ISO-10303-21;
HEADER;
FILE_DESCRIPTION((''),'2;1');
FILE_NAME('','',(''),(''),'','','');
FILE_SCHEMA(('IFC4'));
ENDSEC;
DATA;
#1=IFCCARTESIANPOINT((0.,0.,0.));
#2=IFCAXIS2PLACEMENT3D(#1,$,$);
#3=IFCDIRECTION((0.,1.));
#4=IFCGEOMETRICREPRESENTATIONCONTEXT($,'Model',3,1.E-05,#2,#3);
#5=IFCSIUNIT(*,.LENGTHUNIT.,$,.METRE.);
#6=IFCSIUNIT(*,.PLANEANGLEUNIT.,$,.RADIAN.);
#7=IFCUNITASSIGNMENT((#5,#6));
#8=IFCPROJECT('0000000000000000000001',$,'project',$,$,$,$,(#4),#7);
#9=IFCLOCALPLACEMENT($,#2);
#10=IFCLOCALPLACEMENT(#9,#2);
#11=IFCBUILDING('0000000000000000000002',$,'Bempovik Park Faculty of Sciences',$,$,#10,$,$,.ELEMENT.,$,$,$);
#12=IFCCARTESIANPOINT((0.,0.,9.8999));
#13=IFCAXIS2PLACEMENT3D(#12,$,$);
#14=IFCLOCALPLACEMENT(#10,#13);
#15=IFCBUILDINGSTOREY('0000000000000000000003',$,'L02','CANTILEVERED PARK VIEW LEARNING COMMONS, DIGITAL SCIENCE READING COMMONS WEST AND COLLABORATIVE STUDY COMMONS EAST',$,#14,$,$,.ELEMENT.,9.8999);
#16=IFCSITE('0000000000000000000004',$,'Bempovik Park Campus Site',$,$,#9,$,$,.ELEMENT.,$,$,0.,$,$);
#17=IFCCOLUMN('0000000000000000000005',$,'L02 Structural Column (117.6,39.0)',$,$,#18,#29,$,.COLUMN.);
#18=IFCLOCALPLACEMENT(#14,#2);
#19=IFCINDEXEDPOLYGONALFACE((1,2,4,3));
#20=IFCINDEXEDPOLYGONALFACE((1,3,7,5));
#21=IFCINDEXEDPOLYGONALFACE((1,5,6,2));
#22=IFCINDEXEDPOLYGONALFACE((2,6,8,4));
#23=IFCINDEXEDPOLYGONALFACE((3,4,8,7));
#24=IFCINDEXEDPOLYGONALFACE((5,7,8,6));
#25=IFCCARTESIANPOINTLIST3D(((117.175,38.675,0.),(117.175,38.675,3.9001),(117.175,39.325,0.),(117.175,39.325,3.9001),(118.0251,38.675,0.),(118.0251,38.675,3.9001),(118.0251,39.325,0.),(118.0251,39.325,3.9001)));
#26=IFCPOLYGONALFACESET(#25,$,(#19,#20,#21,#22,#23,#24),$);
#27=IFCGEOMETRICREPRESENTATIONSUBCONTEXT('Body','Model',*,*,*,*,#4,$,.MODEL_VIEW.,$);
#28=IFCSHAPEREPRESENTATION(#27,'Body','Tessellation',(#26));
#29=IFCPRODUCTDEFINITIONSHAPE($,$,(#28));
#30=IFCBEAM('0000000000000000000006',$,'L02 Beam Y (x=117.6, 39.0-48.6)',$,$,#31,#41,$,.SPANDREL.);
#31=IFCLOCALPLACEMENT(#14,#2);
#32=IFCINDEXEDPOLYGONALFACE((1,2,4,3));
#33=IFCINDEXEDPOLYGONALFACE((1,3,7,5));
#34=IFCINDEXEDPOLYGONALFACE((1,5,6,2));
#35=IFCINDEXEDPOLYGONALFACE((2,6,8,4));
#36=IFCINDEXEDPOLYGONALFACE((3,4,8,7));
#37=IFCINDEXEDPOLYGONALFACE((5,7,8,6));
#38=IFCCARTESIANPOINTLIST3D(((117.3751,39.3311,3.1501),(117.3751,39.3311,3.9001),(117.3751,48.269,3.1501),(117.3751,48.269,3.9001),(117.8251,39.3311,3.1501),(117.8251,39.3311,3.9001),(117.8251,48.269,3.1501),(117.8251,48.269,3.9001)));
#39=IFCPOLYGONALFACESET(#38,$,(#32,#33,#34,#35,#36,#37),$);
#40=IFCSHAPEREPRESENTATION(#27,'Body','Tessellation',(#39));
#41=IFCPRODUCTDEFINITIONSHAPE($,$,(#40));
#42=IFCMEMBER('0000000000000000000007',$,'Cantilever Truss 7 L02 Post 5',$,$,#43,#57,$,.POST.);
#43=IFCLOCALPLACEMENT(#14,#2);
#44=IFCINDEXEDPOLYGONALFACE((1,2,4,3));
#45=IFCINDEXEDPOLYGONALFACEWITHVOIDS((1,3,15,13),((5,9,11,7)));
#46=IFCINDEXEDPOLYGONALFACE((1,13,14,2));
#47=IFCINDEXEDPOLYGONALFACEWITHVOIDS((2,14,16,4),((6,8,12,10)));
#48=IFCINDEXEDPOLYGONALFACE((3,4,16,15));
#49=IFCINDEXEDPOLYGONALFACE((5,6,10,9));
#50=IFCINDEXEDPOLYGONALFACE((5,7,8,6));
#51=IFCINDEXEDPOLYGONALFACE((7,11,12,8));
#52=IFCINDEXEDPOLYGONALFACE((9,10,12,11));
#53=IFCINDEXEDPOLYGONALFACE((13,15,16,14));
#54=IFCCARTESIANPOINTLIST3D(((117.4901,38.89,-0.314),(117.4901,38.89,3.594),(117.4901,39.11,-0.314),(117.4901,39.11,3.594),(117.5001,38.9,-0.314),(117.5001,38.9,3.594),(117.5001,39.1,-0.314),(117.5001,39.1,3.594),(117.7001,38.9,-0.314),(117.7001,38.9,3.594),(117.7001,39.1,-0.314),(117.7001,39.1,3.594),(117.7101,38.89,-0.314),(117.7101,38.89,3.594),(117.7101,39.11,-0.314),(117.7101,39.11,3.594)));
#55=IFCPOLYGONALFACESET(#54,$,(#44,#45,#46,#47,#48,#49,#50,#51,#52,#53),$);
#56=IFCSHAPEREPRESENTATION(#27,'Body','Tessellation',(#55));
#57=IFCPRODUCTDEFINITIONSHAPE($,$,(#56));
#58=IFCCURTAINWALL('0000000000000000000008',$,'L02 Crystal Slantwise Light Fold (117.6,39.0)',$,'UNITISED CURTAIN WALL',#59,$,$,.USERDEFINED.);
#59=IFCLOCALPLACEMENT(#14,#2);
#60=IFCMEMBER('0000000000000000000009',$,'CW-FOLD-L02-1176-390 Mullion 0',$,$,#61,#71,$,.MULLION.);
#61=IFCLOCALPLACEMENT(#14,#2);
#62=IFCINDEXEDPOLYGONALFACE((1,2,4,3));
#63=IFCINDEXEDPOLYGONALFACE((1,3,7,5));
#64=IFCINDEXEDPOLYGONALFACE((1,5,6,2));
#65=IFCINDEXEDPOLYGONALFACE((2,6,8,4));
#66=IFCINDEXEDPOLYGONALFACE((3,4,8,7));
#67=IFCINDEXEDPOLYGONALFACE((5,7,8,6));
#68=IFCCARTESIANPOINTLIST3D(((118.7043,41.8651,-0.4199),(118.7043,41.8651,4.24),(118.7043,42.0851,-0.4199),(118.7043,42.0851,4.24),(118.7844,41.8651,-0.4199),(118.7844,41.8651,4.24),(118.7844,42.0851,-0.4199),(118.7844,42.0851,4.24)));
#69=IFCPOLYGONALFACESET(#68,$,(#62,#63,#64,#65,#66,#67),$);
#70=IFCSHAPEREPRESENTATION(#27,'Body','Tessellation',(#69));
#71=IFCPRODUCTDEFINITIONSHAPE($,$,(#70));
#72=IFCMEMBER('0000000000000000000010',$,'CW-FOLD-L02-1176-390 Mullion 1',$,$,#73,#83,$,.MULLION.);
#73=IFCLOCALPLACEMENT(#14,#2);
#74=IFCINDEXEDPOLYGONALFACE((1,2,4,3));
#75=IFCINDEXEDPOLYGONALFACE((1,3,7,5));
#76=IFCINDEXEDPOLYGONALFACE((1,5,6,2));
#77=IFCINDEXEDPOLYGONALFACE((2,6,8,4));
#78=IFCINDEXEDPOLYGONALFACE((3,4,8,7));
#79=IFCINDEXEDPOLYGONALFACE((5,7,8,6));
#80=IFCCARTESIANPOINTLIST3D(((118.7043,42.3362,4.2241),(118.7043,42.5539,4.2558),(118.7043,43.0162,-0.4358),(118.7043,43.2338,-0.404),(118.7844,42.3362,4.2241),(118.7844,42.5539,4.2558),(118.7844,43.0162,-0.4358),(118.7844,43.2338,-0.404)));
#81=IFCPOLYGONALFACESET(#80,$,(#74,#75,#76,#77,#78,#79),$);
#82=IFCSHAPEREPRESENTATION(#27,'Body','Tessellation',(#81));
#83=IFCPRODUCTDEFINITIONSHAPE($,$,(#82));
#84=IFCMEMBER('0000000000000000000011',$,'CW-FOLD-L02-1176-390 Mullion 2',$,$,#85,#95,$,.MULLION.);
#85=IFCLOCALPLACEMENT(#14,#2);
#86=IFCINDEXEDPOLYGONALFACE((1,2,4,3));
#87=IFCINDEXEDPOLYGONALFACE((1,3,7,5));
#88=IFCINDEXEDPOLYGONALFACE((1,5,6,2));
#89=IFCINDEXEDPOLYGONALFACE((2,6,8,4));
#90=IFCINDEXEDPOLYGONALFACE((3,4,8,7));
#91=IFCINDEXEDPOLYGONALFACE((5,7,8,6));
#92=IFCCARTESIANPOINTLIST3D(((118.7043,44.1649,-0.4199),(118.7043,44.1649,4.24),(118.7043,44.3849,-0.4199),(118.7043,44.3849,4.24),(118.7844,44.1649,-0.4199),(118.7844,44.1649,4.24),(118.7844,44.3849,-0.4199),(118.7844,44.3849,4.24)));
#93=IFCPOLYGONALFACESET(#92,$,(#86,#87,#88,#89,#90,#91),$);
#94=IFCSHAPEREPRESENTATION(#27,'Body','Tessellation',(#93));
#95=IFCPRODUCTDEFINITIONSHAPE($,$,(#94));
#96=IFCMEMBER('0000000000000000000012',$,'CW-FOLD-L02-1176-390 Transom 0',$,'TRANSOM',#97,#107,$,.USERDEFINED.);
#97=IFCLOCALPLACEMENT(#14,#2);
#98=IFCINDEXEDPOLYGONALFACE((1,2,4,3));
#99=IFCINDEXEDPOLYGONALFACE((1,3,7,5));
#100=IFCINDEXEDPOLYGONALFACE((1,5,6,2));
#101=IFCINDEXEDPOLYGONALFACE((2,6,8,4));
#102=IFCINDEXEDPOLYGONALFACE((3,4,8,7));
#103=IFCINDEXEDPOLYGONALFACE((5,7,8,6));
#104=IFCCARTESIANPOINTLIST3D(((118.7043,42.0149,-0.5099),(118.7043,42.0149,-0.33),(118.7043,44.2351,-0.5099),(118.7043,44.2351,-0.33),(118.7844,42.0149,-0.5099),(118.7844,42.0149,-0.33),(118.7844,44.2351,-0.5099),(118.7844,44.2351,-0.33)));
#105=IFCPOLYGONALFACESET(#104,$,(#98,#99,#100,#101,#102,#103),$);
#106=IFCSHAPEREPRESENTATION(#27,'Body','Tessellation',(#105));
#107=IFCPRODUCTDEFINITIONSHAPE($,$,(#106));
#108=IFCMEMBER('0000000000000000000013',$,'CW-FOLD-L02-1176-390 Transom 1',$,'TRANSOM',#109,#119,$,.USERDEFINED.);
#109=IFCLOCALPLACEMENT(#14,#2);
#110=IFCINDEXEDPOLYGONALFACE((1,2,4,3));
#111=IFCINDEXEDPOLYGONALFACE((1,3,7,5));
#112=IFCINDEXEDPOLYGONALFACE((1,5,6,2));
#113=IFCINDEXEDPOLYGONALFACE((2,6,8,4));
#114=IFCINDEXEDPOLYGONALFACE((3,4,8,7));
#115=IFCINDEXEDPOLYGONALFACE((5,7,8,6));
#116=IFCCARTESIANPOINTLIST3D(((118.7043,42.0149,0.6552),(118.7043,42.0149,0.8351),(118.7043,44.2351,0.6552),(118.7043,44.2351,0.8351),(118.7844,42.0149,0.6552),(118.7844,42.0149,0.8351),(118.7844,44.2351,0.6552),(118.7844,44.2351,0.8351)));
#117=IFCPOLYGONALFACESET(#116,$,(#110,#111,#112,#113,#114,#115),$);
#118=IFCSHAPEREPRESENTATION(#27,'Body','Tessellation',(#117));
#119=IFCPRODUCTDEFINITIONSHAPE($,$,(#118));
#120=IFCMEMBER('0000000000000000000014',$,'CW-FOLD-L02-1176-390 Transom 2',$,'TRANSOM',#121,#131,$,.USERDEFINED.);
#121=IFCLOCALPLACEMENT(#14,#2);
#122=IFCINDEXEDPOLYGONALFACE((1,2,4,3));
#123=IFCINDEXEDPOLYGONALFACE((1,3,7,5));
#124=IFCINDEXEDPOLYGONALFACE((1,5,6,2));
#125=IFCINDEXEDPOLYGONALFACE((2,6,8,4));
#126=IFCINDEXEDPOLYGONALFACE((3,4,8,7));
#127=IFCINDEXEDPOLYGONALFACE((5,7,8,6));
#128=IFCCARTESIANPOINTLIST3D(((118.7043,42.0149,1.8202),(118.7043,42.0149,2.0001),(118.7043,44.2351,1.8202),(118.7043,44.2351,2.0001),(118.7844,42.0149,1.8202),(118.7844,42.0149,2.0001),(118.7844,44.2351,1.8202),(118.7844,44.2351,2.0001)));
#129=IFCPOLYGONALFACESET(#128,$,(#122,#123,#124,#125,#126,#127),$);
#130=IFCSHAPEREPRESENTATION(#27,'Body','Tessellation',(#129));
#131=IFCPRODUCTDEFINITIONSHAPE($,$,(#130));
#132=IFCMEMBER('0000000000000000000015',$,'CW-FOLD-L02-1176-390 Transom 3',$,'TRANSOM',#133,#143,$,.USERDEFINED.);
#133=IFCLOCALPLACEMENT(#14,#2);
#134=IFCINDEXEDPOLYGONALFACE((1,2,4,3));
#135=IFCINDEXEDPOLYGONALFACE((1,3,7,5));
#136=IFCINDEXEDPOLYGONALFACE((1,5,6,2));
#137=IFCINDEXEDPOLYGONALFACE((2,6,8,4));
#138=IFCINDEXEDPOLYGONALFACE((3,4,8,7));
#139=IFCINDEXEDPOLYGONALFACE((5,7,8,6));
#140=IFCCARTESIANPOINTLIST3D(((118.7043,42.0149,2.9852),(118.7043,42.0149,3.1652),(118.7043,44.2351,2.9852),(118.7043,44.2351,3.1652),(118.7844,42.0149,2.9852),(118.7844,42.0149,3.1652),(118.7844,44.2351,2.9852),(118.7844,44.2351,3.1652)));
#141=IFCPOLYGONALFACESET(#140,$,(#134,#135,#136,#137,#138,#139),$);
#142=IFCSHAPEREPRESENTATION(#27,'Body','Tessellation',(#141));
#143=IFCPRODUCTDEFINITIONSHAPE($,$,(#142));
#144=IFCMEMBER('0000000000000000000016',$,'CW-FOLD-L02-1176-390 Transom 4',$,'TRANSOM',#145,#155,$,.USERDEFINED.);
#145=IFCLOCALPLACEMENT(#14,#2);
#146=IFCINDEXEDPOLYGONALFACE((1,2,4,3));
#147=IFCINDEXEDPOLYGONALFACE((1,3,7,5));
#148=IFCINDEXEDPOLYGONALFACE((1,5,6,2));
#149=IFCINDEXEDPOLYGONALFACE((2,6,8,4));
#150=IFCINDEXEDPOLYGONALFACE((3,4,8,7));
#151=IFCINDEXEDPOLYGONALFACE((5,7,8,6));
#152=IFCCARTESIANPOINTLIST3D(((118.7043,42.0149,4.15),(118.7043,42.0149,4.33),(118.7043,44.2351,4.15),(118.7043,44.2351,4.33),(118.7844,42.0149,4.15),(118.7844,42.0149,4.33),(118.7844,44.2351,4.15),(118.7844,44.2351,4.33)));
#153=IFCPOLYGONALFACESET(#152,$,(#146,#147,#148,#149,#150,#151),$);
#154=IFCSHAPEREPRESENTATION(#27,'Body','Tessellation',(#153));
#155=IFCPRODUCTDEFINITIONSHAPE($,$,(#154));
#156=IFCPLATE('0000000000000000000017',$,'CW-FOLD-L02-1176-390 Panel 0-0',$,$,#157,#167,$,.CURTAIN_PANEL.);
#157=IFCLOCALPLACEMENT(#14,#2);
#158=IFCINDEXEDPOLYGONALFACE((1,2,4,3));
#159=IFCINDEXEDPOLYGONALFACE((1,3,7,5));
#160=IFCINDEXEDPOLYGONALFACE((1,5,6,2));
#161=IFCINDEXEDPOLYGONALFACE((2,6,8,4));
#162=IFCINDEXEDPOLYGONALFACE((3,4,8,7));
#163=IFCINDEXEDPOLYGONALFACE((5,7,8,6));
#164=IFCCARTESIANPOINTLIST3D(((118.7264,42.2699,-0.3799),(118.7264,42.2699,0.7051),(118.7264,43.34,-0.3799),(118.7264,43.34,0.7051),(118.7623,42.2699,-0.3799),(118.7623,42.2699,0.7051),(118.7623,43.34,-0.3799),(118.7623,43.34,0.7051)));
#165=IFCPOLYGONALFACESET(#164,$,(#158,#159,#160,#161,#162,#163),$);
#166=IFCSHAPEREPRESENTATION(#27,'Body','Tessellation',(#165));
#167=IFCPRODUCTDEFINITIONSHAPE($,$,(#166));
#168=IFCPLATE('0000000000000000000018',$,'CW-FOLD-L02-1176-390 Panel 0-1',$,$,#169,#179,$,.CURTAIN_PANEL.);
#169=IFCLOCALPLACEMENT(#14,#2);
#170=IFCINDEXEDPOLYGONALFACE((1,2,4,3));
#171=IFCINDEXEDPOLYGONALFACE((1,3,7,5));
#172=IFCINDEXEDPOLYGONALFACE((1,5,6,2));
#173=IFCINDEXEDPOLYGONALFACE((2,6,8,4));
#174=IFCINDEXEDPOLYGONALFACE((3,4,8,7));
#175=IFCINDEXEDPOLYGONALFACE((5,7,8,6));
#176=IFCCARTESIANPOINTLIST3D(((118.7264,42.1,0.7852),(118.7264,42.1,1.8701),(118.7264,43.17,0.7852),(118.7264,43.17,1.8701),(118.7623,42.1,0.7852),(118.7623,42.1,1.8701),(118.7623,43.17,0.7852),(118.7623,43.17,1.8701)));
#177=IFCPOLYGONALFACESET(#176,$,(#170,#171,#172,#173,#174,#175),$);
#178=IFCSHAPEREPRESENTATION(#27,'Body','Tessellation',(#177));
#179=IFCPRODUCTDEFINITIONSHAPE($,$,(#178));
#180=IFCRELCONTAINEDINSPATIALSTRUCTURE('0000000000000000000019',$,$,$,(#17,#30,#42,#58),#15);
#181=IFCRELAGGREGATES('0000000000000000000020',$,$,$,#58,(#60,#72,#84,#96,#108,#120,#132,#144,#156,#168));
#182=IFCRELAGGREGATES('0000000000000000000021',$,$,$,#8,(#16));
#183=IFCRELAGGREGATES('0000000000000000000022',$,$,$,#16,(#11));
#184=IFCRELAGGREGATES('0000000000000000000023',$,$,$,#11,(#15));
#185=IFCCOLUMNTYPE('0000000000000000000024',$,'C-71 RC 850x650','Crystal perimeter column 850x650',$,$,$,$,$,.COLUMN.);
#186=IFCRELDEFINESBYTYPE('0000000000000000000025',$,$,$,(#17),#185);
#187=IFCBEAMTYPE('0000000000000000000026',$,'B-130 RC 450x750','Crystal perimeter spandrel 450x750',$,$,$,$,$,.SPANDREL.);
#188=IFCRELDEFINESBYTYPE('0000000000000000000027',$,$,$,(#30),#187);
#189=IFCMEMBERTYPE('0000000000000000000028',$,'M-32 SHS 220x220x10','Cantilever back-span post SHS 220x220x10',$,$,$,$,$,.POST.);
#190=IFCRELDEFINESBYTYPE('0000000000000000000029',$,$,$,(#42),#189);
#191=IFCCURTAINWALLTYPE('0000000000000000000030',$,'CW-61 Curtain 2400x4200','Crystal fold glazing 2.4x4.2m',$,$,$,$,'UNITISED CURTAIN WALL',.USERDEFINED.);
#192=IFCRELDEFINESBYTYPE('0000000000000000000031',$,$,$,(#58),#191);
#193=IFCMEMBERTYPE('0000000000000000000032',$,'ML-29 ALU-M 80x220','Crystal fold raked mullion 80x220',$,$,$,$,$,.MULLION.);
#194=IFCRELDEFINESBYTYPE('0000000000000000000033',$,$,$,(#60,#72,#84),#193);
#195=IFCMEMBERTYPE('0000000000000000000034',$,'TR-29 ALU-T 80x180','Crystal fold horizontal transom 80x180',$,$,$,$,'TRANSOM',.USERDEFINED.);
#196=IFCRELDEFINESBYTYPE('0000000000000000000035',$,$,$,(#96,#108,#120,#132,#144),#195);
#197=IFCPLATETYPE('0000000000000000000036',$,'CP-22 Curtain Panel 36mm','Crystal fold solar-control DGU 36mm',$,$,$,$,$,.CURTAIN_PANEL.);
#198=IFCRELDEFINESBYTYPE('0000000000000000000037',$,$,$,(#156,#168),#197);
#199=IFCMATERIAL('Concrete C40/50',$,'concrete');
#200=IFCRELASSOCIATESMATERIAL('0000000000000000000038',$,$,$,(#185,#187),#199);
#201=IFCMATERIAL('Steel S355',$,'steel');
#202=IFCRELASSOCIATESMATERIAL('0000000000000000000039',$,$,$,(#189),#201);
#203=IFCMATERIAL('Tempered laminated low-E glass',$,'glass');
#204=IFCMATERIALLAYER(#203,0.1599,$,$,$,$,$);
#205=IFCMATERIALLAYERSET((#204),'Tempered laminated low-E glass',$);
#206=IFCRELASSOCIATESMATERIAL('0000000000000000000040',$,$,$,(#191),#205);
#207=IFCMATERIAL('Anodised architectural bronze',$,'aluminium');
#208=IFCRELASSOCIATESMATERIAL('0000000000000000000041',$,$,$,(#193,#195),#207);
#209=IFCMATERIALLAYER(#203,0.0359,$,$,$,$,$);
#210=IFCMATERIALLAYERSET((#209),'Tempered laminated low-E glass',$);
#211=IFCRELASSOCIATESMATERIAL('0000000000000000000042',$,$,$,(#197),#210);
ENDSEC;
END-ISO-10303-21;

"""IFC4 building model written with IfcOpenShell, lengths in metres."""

from ifc_helpers import new_model, si_unit, direction, frame, origin, origin_2d, place, context, subcontext, project, spatial, rectangle, hollow_rectangle, extrude, material, layer, layer_set, material_profile, profile_set, type_object, element, aggregate, save


model = new_model("IFC4")

# Units and contexts
model_context = context("Model", 3, precision=1e-05, world=origin(), true_north=direction((0.0, 1.0)))
body_context = subcontext(model_context, "Body", "Model", "MODEL_VIEW")
ifc_project = project(units=[si_unit("LENGTHUNIT", "METRE"), si_unit("PLANEANGLEUNIT", "RADIAN")], contexts=[model_context])

# Site, building, storey
site_placement = place(None, origin())
site = spatial("IfcSite", under=ifc_project, at=site_placement, Name="Bempovik Park Campus Site", CompositionType="ELEMENT", RefElevation=0.0)
building_placement = place(site_placement, origin())
building = spatial("IfcBuilding", under=site, at=building_placement, Name="Bempovik Park Faculty of Sciences", CompositionType="ELEMENT")
storey_placement = place(building_placement, frame((0.0, 0.0, 9.8999)))
storey = spatial("IfcBuildingStorey", under=building, at=storey_placement, Name="L02", Description="CANTILEVERED PARK VIEW LEARNING COMMONS, DIGITAL SCIENCE READING COMMONS WEST AND COLLABORATIVE STUDY COMMONS EAST", CompositionType="ELEMENT", Elevation=9.8999)

# Column
ifc_material_1 = material(Name="Concrete C40/50", Category="concrete")
ifc_material_profile_1 = material_profile(ifc_material_1, rectangle(XDim=0.8501, YDim=0.6499, at=origin_2d()), Name="RC 850x650")
ifc_profile_set_1 = profile_set([ifc_material_profile_1], Name="Concrete C40/50")
column_type = type_object("IfcColumnType", Name="C-71 RC 850x650", Description="Crystal perimeter column 850x650", PredefinedType="COLUMN", material=ifc_profile_set_1)
column_placement = place(storey_placement, frame((117.6001, 39.0, 0.0), z_axis=(0.0, 0.0, 1.0), x_axis=(1.0, 0.0, 0.0)))
element("IfcColumn", 1, at=column_placement, inside=storey, type_object=column_type, Name="L02 Structural Column (117.6,39.0)", PredefinedType="COLUMN", context=body_context, shape_type="SweptSolid", body=[
    extrude(rectangle(XDim=0.8501, YDim=0.6499, at=origin_2d()), origin(), (0.0, 0.0, 1.0), 3.9001),
])

# Beam
ifc_material_profile_2 = material_profile(ifc_material_1, rectangle(XDim=0.45, YDim=0.75, at=origin_2d()), Name="RC 450x750")
ifc_profile_set_2 = profile_set([ifc_material_profile_2], Name="Concrete C40/50")
beam_type = type_object("IfcBeamType", Name="B-130 RC 450x750", Description="Crystal perimeter spandrel 450x750", PredefinedType="SPANDREL", material=ifc_profile_set_2)
beam_placement = place(storey_placement, frame((117.6001, 39.3311, 3.5251), z_axis=(0.0, 1.0, 0.0), x_axis=(-1.0, 0.0, 0.0)))
element("IfcBeam", 2, at=beam_placement, inside=storey, type_object=beam_type, Name="L02 Beam Y (x=117.6, 39.0-48.6)", PredefinedType="SPANDREL", context=body_context, shape_type="SweptSolid", body=[
    extrude(rectangle(XDim=0.45, YDim=0.75, at=origin_2d()), origin(), (0.0, 0.0, 1.0), 8.938),
])

# Member
ifc_material_2 = material(Name="Steel S355", Category="steel")
ifc_material_profile_3 = material_profile(ifc_material_2, hollow_rectangle(XDim=0.22, YDim=0.22, WallThickness=0.01, at=origin_2d()), Name="SHS 220x220x10")
ifc_profile_set_3 = profile_set([ifc_material_profile_3], Name="Steel S355")
member_type_1 = type_object("IfcMemberType", Name="M-32 SHS 220x220x10", Description="Cantilever back-span post SHS 220x220x10", PredefinedType="POST", material=ifc_profile_set_3)
member_1_placement = place(storey_placement, frame((117.6001, 39.0, -0.314), z_axis=(0.0, 0.0, 1.0), x_axis=(1.0, 0.0, 0.0)))
element("IfcMember", 3, at=member_1_placement, inside=storey, type_object=member_type_1, Name="Cantilever Truss 7 L02 Post 5", PredefinedType="POST", context=body_context, shape_type="SweptSolid", body=[
    extrude(hollow_rectangle(XDim=0.22, YDim=0.22, WallThickness=0.01, at=origin_2d()), origin(), (0.0, 0.0, 1.0), 3.908),
])

# Curtain wall, members, plates
ifc_material_3 = material(Name="Tempered laminated low-E glass", Category="glass")
ifc_layer_1 = layer(ifc_material_3, 0.1599)
ifc_layer_set_1 = layer_set([ifc_layer_1], Name="Tempered laminated low-E glass")
curtain_wall_type = type_object("IfcCurtainWallType", Name="CW-61 Curtain 2400x4200", Description="Crystal fold glazing 2.4x4.2m", ElementType="UNITISED CURTAIN WALL", PredefinedType="USERDEFINED", material=ifc_layer_set_1)
curtain_wall_placement = place(storey_placement, origin())
curtain_wall = element("IfcCurtainWall", 4, at=curtain_wall_placement, inside=storey, type_object=curtain_wall_type, Name="L02 Crystal Slantwise Light Fold (117.6,39.0)", ObjectType="UNITISED CURTAIN WALL", PredefinedType="USERDEFINED")
ifc_material_4 = material(Name="Anodised architectural bronze", Category="aluminium")
ifc_material_profile_4 = material_profile(ifc_material_4, rectangle(XDim=0.0801, YDim=0.22, at=origin_2d()), Name="ALU-M 80x220")
ifc_profile_set_4 = profile_set([ifc_material_profile_4], Name="Anodised architectural bronze")
member_type_2 = type_object("IfcMemberType", Name="ML-29 ALU-M 80x220", Description="Crystal fold raked mullion 80x220", PredefinedType="MULLION", material=ifc_profile_set_4)
member_2_placement = place(storey_placement, frame((118.7444, 41.9751, -0.4199), z_axis=(0.0, 0.0, 1.0), x_axis=(1.0, 0.0, 0.0)))
member_2 = element("IfcMember", 5, at=member_2_placement, type_object=member_type_2, Name="CW-FOLD-L02-1176-390 Mullion 0", PredefinedType="MULLION", context=body_context, shape_type="SweptSolid", body=[
    extrude(rectangle(XDim=0.0801, YDim=0.22, at=origin_2d()), origin(), (0.0, 0.0, 1.0), 4.6599),
])
member_3_placement = place(storey_placement, frame((118.7444, 43.125, -0.4199), z_axis=(0.0, -0.144382, 0.989522), x_axis=(1.0, 0.0, 0.0)))
member_3 = element("IfcMember", 6, at=member_3_placement, type_object=member_type_2, Name="CW-FOLD-L02-1176-390 Mullion 1", PredefinedType="MULLION", context=body_context, shape_type="SweptSolid", body=[
    extrude(rectangle(XDim=0.0801, YDim=0.22, at=origin_2d()), origin(), (0.0, 0.0, 1.0), 4.7092),
])
member_4_placement = place(storey_placement, frame((118.7444, 44.2749, -0.4199), z_axis=(0.0, 0.0, 1.0), x_axis=(1.0, 0.0, 0.0)))
member_4 = element("IfcMember", 7, at=member_4_placement, type_object=member_type_2, Name="CW-FOLD-L02-1176-390 Mullion 2", PredefinedType="MULLION", context=body_context, shape_type="SweptSolid", body=[
    extrude(rectangle(XDim=0.0801, YDim=0.22, at=origin_2d()), origin(), (0.0, 0.0, 1.0), 4.6599),
])
ifc_material_profile_5 = material_profile(ifc_material_4, rectangle(XDim=0.0801, YDim=0.1799, at=origin_2d()), Name="ALU-T 80x180")
ifc_profile_set_5 = profile_set([ifc_material_profile_5], Name="Anodised architectural bronze")
member_type_3 = type_object("IfcMemberType", Name="TR-29 ALU-T 80x180", Description="Crystal fold horizontal transom 80x180", ElementType="TRANSOM", PredefinedType="USERDEFINED", material=ifc_profile_set_5)
member_5_placement = place(storey_placement, frame((118.7444, 42.0149, -0.4199), z_axis=(0.0, 1.0, 0.0), x_axis=(-1.0, 0.0, 0.0)))
member_5 = element("IfcMember", 8, at=member_5_placement, type_object=member_type_3, Name="CW-FOLD-L02-1176-390 Transom 0", ObjectType="TRANSOM", PredefinedType="USERDEFINED", context=body_context, shape_type="SweptSolid", body=[
    extrude(rectangle(XDim=0.0801, YDim=0.1799, at=origin_2d()), origin(), (0.0, 0.0, 1.0), 2.2202),
])
member_6_placement = place(storey_placement, frame((118.7444, 42.0149, 0.7451), z_axis=(0.0, 1.0, 0.0), x_axis=(-1.0, 0.0, 0.0)))
member_6 = element("IfcMember", 9, at=member_6_placement, type_object=member_type_3, Name="CW-FOLD-L02-1176-390 Transom 1", ObjectType="TRANSOM", PredefinedType="USERDEFINED", context=body_context, shape_type="SweptSolid", body=[
    extrude(rectangle(XDim=0.0801, YDim=0.1799, at=origin_2d()), origin(), (0.0, 0.0, 1.0), 2.2202),
])
member_7_placement = place(storey_placement, frame((118.7444, 42.0149, 1.9102), z_axis=(0.0, 1.0, 0.0), x_axis=(-1.0, 0.0, 0.0)))
member_7 = element("IfcMember", 10, at=member_7_placement, type_object=member_type_3, Name="CW-FOLD-L02-1176-390 Transom 2", ObjectType="TRANSOM", PredefinedType="USERDEFINED", context=body_context, shape_type="SweptSolid", body=[
    extrude(rectangle(XDim=0.0801, YDim=0.1799, at=origin_2d()), origin(), (0.0, 0.0, 1.0), 2.2202),
])
member_8_placement = place(storey_placement, frame((118.7444, 42.0149, 3.0752), z_axis=(0.0, 1.0, 0.0), x_axis=(-1.0, 0.0, 0.0)))
member_8 = element("IfcMember", 11, at=member_8_placement, type_object=member_type_3, Name="CW-FOLD-L02-1176-390 Transom 3", ObjectType="TRANSOM", PredefinedType="USERDEFINED", context=body_context, shape_type="SweptSolid", body=[
    extrude(rectangle(XDim=0.0801, YDim=0.1799, at=origin_2d()), origin(), (0.0, 0.0, 1.0), 2.2202),
])
member_9_placement = place(storey_placement, frame((118.7444, 42.0149, 4.24), z_axis=(0.0, 1.0, 0.0), x_axis=(-1.0, 0.0, 0.0)))
member_9 = element("IfcMember", 12, at=member_9_placement, type_object=member_type_3, Name="CW-FOLD-L02-1176-390 Transom 4", ObjectType="TRANSOM", PredefinedType="USERDEFINED", context=body_context, shape_type="SweptSolid", body=[
    extrude(rectangle(XDim=0.0801, YDim=0.1799, at=origin_2d()), origin(), (0.0, 0.0, 1.0), 2.2202),
])
ifc_layer_2 = layer(ifc_material_3, 0.0359)
ifc_layer_set_2 = layer_set([ifc_layer_2], Name="Tempered laminated low-E glass")
plate_type_1 = type_object("IfcPlateType", Name="CP-22 Curtain Panel 36mm", Description="Crystal fold solar-control DGU 36mm", PredefinedType="CURTAIN_PANEL", material=ifc_layer_set_2)
plate_1_placement = place(storey_placement, frame((118.7444, 42.8049, -0.3799), z_axis=(0.0, 0.0, 1.0), x_axis=(0.0, 1.0, 0.0)))
plate_1 = element("IfcPlate", 13, at=plate_1_placement, type_object=plate_type_1, Name="CW-FOLD-L02-1176-390 Panel 0-0", PredefinedType="CURTAIN_PANEL", context=body_context, shape_type="SweptSolid", body=[
    extrude(rectangle(XDim=1.0701, YDim=0.0359, at=origin_2d()), origin(), (0.0, 0.0, 1.0), 1.085),
])
plate_2_placement = place(storey_placement, frame((118.7444, 42.635, 0.7852), z_axis=(0.0, 0.0, 1.0), x_axis=(0.0, 1.0, 0.0)))
plate_2 = element("IfcPlate", 14, at=plate_2_placement, type_object=plate_type_1, Name="CW-FOLD-L02-1176-390 Panel 0-1", PredefinedType="CURTAIN_PANEL", context=body_context, shape_type="SweptSolid", body=[
    extrude(rectangle(XDim=1.0701, YDim=0.0359, at=origin_2d()), origin(), (0.0, 0.0, 1.0), 1.085),
])
aggregate(curtain_wall, [member_2, member_3, member_4, member_5, member_6, member_7, member_8, member_9, plate_1, plate_2])

save(model, "model.ifc")
